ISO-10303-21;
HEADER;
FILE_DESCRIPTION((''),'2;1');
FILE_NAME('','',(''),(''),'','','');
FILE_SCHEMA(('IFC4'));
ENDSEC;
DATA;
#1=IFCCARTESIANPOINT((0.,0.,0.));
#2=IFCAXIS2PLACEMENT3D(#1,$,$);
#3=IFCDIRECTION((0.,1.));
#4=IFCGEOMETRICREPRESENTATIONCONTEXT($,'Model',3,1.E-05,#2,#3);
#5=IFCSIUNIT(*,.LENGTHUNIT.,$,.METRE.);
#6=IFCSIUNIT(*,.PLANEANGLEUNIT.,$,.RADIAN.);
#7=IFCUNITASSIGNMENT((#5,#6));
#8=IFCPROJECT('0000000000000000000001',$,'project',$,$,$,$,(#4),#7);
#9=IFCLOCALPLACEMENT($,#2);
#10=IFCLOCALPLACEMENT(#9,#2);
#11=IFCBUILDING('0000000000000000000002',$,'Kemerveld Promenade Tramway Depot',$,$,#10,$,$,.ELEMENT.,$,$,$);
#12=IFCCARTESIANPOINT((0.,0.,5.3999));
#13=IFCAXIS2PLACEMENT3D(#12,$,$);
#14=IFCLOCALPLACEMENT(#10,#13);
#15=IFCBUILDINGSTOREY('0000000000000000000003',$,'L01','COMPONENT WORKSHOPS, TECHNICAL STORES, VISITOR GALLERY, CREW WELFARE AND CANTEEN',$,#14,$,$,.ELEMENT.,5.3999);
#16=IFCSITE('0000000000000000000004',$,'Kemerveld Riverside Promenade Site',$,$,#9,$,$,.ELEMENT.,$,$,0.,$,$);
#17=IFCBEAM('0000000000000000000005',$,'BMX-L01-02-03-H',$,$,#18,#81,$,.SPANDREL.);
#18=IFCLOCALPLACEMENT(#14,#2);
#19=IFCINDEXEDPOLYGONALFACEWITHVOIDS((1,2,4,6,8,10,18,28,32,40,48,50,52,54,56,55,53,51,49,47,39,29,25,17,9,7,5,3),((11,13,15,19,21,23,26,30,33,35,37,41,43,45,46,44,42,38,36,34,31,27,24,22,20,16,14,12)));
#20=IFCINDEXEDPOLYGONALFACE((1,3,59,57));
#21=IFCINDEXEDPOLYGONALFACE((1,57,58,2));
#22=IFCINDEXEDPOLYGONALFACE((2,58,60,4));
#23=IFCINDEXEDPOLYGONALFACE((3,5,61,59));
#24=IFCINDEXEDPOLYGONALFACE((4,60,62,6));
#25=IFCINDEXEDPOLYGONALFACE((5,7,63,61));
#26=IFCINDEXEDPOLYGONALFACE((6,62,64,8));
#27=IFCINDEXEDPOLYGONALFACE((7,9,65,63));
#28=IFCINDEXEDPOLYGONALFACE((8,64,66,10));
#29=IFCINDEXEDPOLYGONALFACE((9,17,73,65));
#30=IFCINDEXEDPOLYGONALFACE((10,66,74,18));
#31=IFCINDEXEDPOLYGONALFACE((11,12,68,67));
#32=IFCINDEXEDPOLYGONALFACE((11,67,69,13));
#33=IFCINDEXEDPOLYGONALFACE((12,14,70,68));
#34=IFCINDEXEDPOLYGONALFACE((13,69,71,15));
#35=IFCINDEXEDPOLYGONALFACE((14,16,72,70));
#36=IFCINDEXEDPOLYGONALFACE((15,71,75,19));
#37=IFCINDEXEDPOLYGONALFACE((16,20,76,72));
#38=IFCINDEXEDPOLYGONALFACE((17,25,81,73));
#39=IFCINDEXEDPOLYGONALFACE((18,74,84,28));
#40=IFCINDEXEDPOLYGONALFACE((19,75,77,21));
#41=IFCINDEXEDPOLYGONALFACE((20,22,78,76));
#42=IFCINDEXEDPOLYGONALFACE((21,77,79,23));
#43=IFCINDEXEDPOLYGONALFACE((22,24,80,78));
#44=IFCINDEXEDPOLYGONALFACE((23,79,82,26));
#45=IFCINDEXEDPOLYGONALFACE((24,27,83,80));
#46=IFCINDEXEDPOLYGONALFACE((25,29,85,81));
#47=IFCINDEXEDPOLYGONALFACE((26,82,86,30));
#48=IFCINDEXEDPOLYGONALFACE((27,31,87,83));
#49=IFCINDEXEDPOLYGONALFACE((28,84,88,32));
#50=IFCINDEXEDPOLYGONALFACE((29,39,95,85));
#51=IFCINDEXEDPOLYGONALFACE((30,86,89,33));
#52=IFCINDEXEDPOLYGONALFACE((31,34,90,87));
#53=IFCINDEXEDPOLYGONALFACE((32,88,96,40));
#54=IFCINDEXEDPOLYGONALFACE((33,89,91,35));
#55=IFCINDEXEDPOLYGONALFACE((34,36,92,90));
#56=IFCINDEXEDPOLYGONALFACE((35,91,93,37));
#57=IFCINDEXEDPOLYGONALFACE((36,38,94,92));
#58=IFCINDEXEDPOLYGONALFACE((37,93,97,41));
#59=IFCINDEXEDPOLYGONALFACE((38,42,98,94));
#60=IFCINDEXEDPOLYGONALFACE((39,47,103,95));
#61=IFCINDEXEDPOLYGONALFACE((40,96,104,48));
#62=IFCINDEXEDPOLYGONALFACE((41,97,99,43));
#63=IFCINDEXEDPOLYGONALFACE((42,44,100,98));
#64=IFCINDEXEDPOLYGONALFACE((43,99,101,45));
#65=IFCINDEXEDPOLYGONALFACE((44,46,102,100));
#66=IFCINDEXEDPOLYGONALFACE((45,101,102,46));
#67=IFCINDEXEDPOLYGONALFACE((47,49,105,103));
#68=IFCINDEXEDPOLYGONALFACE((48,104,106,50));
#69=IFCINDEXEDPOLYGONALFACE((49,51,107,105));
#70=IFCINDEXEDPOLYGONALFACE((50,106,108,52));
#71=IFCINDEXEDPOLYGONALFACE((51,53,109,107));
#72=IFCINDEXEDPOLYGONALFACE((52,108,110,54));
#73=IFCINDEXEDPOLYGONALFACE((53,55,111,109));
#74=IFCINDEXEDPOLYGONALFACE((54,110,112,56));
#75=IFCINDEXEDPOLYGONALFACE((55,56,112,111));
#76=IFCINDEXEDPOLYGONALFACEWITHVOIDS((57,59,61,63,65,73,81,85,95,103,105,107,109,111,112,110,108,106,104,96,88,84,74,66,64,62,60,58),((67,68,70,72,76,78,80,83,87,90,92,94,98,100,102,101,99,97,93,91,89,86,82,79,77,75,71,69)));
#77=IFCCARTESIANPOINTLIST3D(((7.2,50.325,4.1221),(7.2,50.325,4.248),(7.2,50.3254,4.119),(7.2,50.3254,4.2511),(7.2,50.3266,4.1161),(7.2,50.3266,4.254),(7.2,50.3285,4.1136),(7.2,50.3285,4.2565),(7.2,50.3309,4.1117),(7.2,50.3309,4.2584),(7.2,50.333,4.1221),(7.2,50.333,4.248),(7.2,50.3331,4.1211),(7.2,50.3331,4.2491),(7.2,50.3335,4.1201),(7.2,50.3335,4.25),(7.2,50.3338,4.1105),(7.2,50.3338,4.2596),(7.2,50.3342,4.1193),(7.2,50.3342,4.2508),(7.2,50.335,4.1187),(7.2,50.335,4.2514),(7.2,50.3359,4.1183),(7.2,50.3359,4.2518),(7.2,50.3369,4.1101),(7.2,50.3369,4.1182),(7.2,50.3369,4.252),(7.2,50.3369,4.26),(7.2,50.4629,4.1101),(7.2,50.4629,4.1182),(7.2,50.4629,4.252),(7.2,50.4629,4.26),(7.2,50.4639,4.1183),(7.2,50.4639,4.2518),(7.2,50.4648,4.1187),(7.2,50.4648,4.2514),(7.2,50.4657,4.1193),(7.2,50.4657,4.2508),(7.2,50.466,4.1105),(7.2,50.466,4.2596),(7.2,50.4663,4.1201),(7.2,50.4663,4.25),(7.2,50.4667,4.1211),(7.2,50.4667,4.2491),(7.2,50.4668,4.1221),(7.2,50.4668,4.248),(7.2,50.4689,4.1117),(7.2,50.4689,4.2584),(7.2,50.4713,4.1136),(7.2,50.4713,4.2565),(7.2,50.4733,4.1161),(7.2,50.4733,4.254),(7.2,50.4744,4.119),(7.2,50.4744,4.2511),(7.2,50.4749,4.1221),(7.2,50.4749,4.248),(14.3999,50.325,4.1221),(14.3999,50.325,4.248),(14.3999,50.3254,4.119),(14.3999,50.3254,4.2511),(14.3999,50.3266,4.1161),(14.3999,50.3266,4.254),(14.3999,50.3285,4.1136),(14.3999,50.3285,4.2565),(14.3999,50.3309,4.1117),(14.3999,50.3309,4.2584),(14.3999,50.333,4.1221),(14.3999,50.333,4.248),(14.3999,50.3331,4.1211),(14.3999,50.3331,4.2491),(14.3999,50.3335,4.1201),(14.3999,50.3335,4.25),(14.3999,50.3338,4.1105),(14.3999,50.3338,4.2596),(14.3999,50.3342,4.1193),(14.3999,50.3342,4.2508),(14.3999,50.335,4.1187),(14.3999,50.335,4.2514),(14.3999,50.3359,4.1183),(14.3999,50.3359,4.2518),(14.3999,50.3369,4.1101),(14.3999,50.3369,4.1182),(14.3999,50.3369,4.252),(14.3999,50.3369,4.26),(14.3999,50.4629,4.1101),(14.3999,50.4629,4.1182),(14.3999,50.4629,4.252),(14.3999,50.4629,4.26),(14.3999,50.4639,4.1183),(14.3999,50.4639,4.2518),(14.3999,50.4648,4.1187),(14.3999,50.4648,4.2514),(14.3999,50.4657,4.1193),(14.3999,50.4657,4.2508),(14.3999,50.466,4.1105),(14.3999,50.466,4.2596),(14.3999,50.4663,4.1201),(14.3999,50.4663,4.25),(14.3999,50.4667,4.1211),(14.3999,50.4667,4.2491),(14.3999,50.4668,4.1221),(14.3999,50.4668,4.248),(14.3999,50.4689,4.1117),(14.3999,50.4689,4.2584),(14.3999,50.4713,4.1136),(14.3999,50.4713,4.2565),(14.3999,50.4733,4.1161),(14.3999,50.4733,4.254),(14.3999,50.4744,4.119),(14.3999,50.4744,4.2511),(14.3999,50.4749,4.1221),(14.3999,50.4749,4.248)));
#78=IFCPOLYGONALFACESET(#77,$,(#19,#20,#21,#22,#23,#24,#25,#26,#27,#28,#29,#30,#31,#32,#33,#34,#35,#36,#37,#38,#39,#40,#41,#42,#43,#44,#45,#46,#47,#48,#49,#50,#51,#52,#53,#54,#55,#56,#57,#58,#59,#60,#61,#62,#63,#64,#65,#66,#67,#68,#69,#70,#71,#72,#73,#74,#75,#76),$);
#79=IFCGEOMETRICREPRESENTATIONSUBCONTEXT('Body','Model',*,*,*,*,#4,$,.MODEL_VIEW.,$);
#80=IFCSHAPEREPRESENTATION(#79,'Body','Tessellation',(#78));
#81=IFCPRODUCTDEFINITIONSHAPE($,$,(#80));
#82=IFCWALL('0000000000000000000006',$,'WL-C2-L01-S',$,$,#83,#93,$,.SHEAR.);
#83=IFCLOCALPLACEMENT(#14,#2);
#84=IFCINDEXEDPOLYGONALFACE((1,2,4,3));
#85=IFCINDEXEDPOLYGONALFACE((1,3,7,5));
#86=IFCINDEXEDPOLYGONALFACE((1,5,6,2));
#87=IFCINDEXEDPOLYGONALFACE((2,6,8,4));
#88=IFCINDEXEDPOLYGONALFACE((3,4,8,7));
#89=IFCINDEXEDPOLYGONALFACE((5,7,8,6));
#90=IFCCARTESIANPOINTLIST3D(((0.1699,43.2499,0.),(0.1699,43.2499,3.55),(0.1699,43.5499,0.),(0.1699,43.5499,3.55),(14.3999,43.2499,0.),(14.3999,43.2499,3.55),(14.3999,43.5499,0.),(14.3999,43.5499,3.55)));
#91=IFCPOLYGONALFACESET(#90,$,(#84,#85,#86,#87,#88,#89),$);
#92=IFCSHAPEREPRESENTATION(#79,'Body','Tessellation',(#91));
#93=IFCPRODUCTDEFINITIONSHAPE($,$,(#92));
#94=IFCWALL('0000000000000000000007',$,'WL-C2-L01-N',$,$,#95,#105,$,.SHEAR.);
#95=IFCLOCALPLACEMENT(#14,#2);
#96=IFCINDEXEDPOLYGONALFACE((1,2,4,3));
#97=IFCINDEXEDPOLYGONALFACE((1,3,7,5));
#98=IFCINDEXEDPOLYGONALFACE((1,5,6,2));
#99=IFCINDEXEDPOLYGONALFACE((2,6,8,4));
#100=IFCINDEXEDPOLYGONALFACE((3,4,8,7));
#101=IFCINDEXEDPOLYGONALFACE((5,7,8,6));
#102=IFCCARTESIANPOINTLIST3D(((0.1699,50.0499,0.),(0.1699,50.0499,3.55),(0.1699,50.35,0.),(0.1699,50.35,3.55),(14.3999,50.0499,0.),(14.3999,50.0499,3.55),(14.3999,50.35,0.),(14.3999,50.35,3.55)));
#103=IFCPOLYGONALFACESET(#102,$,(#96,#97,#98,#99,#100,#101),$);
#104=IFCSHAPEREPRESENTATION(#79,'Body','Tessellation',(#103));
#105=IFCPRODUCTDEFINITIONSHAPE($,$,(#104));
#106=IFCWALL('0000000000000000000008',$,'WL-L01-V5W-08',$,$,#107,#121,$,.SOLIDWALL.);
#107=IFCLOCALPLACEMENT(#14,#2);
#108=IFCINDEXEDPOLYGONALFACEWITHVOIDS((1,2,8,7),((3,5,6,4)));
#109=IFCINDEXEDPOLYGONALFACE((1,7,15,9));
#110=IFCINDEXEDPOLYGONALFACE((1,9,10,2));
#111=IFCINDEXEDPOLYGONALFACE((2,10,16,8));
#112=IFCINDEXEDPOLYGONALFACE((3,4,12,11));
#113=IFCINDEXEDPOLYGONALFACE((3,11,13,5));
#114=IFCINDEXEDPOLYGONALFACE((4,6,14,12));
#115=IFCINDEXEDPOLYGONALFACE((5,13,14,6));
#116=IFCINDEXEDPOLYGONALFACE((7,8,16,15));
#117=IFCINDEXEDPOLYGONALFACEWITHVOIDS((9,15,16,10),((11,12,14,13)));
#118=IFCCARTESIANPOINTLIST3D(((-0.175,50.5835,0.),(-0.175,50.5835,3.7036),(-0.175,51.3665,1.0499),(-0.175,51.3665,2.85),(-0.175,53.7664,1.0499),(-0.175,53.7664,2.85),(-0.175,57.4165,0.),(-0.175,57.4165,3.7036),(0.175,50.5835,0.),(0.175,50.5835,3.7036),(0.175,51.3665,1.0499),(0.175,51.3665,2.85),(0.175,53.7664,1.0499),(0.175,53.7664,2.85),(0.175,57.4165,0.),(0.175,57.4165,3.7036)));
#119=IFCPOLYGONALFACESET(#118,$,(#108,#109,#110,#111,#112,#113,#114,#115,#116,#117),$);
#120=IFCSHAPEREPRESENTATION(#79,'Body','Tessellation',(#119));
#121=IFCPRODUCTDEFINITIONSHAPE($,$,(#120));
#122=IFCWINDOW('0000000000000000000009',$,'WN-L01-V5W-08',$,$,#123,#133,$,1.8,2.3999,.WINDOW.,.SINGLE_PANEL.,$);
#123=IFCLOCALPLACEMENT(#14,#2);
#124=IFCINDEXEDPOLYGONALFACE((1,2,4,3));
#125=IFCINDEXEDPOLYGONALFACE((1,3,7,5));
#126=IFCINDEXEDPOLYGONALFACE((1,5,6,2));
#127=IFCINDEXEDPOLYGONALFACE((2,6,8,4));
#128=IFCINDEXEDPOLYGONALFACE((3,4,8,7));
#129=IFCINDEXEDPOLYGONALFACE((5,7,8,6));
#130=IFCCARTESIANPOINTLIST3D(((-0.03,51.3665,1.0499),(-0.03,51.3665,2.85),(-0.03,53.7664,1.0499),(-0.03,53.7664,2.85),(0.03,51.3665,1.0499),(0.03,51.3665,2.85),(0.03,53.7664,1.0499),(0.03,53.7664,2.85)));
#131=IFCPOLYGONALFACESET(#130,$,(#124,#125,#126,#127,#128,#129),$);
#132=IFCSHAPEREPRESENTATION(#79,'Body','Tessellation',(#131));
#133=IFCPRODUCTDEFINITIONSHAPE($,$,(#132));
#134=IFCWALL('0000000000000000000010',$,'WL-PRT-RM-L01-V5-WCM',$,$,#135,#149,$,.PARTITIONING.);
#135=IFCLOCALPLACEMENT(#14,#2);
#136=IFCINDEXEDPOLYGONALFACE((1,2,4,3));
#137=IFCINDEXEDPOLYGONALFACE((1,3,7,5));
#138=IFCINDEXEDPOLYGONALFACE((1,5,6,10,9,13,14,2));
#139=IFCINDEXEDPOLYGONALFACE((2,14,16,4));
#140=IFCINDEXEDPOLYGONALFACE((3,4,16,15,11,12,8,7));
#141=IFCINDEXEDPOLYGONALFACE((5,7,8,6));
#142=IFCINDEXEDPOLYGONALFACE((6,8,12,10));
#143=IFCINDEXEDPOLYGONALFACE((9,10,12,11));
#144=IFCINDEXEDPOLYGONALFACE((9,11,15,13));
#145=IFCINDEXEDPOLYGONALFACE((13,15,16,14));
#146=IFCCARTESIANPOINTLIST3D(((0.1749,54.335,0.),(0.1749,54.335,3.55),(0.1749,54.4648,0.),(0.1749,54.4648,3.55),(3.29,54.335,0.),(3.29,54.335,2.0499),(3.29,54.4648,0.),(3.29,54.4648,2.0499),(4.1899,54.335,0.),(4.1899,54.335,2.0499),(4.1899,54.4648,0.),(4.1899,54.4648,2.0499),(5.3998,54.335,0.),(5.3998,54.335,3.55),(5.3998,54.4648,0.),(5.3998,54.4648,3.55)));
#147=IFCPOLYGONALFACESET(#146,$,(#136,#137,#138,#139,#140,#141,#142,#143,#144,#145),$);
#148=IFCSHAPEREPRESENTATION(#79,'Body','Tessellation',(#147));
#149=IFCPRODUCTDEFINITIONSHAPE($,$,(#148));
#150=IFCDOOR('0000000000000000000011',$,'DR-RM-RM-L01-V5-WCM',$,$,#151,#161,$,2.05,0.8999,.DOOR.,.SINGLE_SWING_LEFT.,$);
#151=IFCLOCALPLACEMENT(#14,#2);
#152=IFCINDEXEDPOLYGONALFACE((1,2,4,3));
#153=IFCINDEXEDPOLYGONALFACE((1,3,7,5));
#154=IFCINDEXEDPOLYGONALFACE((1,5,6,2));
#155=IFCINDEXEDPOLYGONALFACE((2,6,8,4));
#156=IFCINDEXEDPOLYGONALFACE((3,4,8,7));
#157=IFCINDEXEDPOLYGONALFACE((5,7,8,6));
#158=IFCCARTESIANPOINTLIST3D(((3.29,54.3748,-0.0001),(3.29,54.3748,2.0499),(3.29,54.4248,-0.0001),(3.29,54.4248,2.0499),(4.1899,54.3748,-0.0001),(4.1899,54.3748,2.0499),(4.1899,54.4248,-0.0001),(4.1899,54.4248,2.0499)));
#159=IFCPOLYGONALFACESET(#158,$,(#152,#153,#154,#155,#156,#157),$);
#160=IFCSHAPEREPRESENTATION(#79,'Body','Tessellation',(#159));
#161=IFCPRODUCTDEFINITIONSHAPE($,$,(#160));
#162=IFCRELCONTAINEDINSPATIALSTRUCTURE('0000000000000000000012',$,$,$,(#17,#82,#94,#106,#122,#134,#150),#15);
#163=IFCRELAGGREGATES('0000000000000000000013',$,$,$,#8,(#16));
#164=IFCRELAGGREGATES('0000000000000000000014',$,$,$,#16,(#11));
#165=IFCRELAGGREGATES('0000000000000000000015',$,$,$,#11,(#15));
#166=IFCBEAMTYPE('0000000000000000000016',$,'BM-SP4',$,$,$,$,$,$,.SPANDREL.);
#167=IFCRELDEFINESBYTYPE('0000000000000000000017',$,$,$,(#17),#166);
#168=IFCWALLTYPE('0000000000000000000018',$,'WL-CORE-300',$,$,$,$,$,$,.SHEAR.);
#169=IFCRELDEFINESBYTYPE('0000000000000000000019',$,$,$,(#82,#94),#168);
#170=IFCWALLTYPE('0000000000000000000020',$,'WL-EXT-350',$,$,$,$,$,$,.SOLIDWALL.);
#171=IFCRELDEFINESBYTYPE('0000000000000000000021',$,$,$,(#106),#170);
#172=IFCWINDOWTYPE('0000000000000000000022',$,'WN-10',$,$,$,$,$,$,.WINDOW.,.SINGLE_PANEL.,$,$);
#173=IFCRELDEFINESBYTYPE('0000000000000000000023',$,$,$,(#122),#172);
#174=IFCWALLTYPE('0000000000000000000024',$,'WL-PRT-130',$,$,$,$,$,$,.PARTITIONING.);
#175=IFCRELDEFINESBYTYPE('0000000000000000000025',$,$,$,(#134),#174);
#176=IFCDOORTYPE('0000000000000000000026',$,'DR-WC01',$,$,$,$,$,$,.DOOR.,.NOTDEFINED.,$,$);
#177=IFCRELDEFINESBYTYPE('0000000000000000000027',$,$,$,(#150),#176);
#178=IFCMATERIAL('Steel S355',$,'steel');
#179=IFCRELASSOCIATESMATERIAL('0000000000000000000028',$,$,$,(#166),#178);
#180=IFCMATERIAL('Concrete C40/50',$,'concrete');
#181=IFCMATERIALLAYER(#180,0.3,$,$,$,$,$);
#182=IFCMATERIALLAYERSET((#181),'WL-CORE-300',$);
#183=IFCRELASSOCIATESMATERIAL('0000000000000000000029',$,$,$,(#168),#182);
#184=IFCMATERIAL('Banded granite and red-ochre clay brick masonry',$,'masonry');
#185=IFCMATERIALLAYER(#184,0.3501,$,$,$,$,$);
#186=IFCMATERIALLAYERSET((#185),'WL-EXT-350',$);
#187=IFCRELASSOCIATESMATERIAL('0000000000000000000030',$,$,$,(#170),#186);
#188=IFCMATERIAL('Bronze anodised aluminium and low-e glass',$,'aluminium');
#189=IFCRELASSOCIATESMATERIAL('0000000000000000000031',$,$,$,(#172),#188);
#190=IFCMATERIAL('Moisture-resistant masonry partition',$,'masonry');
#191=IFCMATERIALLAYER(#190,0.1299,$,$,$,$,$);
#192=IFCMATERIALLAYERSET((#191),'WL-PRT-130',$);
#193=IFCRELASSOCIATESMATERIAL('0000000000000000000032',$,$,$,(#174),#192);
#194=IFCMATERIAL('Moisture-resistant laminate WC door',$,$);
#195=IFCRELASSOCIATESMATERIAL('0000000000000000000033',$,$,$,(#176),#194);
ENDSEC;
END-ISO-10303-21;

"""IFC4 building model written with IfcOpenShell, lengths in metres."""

from ifc_helpers import new_model, si_unit, direction, frame, frame_2d, origin, origin_2d, place, context, subcontext, project, spatial, rectangle, hollow_rectangle, extrude, material, layer, layer_set, material_profile, profile_set, type_object, element, fill, save


model = new_model("IFC4")

# Units and contexts
model_context = context("Model", 3, precision=1e-05, world=origin(), true_north=direction((0.0, 1.0)))
body_context = subcontext(model_context, "Body", "Model", "MODEL_VIEW")
ifc_project = project(units=[si_unit("LENGTHUNIT", "METRE"), si_unit("PLANEANGLEUNIT", "RADIAN")], contexts=[model_context])

# Site, building, storey
site_placement = place(None, origin())
site = spatial("IfcSite", under=ifc_project, at=site_placement, Name="Kemerveld Riverside Promenade Site", CompositionType="ELEMENT", RefElevation=0.0)
building_placement = place(site_placement, origin())
building = spatial("IfcBuilding", under=site, at=building_placement, Name="Kemerveld Promenade Tramway Depot", CompositionType="ELEMENT")
storey_placement = place(building_placement, frame((0.0, 0.0, 5.3999)))
storey = spatial("IfcBuildingStorey", under=building, at=storey_placement, Name="L01", Description="COMPONENT WORKSHOPS, TECHNICAL STORES, VISITOR GALLERY, CREW WELFARE AND CANTEEN", CompositionType="ELEMENT", Elevation=5.3999)

# Shared definitions
ifc_material_1 = material(Name="Steel S355", Category="steel")

# Beam
ifc_material_2 = material(Name="Concrete C40/50", Category="concrete")
ifc_material_profile_1 = material_profile(ifc_material_1, hollow_rectangle(XDim=0.1499, YDim=0.1499, WallThickness=0.0081, InnerFilletRadius=0.0039, OuterFilletRadius=0.012, at=origin_2d()), Name="150x150x8.0 SHS")
ifc_profile_set_1 = profile_set([ifc_material_profile_1], Name="Steel S355")
beam_type_1 = type_object("IfcBeamType", Name="BM-SP4", PredefinedType="SPANDREL", material=ifc_profile_set_1)
beam_1_placement = place(storey_placement, frame((7.2, 50.3999, 4.1851), z_axis=(1.0, 0.0, 0.0), x_axis=(0.0, 1.0, 0.0)))
element("IfcBeam", 1, at=beam_1_placement, inside=storey, type_object=beam_type_1, Name="BMX-L01-02-03-H", PredefinedType="SPANDREL", context=body_context, shape_type="SweptSolid", body=[
    extrude(hollow_rectangle(XDim=0.1499, YDim=0.1499, WallThickness=0.0081, InnerFilletRadius=0.0039, OuterFilletRadius=0.012, at=origin_2d()), origin(), (0.0, 0.0, 1.0), 7.2),
])

# Walls
ifc_layer_1 = layer(ifc_material_2, 0.3)
ifc_layer_set_1 = layer_set([ifc_layer_1], Name="WL-CORE-300")
wall_type_1 = type_object("IfcWallType", Name="WL-CORE-300", PredefinedType="SHEAR", material=ifc_layer_set_1)
for number, where, z_axis, x_axis, name in (
    (2, (0.1699, 43.3999, 0.0), (0.0, 0.0, 1.0), (1.0, 0.0, 0.0), "WL-C2-L01-S"),
    (3, (0.1699, 50.2, 0.0), (0.0, 0.0, 1.0), (1.0, 0.0, 0.0), "WL-C2-L01-N"),
):
    element("IfcWall", number, at=place(storey_placement, frame(where, z_axis=z_axis, x_axis=x_axis)), inside=storey, type_object=wall_type_1, Name=name, PredefinedType="SHEAR", context=body_context, shape_type="SweptSolid", body=[
        extrude(rectangle(XDim=14.23, YDim=0.3, at=frame_2d((7.115, 0.0))), origin(), (0.0, 0.0, 1.0), 3.55),
    ])

# Wall, opening, window
ifc_material_3 = material(Name="Banded granite and red-ochre clay brick masonry", Category="masonry")
ifc_layer_2 = layer(ifc_material_3, 0.3501)
ifc_layer_set_2 = layer_set([ifc_layer_2], Name="WL-EXT-350")
wall_type_2 = type_object("IfcWallType", Name="WL-EXT-350", PredefinedType="SOLIDWALL", material=ifc_layer_set_2)
wall_1_placement = place(storey_placement, frame((0.0, 50.5835, 0.0), z_axis=(0.0, 0.0, 1.0), x_axis=(0.0, 1.0, 0.0)))
wall_1 = element("IfcWall", 4, at=wall_1_placement, inside=storey, type_object=wall_type_2, Name="WL-L01-V5W-08", PredefinedType="SOLIDWALL", context=body_context, shape_type="SweptSolid", body=[
    extrude(rectangle(XDim=6.833, YDim=0.3501, at=frame_2d((3.4165, 0.0))), origin(), (0.0, 0.0, 1.0), 3.7036),
])
opening_1_placement = place(wall_1_placement, frame((0.783, 0.0, 1.05)))
opening_1 = element("IfcOpeningElement", 5, at=opening_1_placement, cuts=wall_1, PredefinedType="OPENING", context=body_context, shape_type="SweptSolid", body=[
    extrude(rectangle(XDim=2.3999, YDim=1.8, at=frame_2d((1.2, 0.8999))), frame((0.0, 0.1851, 0.0), z_axis=(0.0, -1.0, 0.0), x_axis=(1.0, 0.0, 0.0)), (0.0, 0.0, 1.0), 0.3701),
])
ifc_material_4 = material(Name="Bronze anodised aluminium and low-e glass", Category="aluminium")
window_type = type_object("IfcWindowType", Name="WN-10", PartitioningType="SINGLE_PANEL", PredefinedType="WINDOW", material=ifc_material_4)
window_placement = place(opening_1_placement, origin())
window = element("IfcWindow", 6, at=window_placement, inside=storey, type_object=window_type, Name="WN-L01-V5W-08", OverallHeight=1.8, OverallWidth=2.3999, PartitioningType="SINGLE_PANEL", PredefinedType="WINDOW", context=body_context, shape_type="SweptSolid", body=[
    extrude(rectangle(XDim=2.3999, YDim=1.8, at=frame_2d((1.2, 0.8999))), frame((0.0, 0.03, 0.0), z_axis=(0.0, -1.0, 0.0), x_axis=(1.0, 0.0, 0.0)), (0.0, 0.0, 1.0), 0.0601),
])
fill(opening_1, window)

# Wall, opening, door
ifc_material_5 = material(Name="Moisture-resistant masonry partition", Category="masonry")
ifc_layer_3 = layer(ifc_material_5, 0.1299)
ifc_layer_set_3 = layer_set([ifc_layer_3], Name="WL-PRT-130")
wall_type_3 = type_object("IfcWallType", Name="WL-PRT-130", PredefinedType="PARTITIONING", material=ifc_layer_set_3)
wall_2_placement = place(storey_placement, frame((0.175, 54.3999, 0.0), z_axis=(0.0, 0.0, 1.0), x_axis=(1.0, 0.0, 0.0)))
wall_2 = element("IfcWall", 7, at=wall_2_placement, inside=storey, type_object=wall_type_3, Name="WL-PRT-RM-L01-V5-WCM", PredefinedType="PARTITIONING", context=body_context, shape_type="SweptSolid", body=[
    extrude(rectangle(XDim=5.2249, YDim=0.1299, at=frame_2d((2.6123, 0.0))), origin(), (0.0, 0.0, 1.0), 3.55),
])
opening_2_placement = place(wall_2_placement, frame((3.115, 0.0, 0.0)))
opening_2 = element("IfcOpeningElement", 8, at=opening_2_placement, cuts=wall_2, PredefinedType="OPENING", context=body_context, shape_type="SweptSolid", body=[
    extrude(rectangle(XDim=0.8999, YDim=2.05, at=frame_2d((0.45, 1.0249))), frame((0.0, 0.075, 0.0), z_axis=(0.0, -1.0, 0.0), x_axis=(1.0, 0.0, 0.0)), (0.0, 0.0, 1.0), 0.1499),
])
ifc_material_6 = material(Name="Moisture-resistant laminate WC door")
door_type_1 = type_object("IfcDoorType", Name="DR-WC01", OperationType="NOTDEFINED", PredefinedType="DOOR", material=ifc_material_6)
door_1_placement = place(opening_2_placement, origin())
door_1 = element("IfcDoor", 9, at=door_1_placement, inside=storey, type_object=door_type_1, Name="DR-RM-RM-L01-V5-WCM", OperationType="SINGLE_SWING_LEFT", OverallHeight=2.05, OverallWidth=0.8999, PredefinedType="DOOR", context=body_context, shape_type="SweptSolid", body=[
    extrude(rectangle(XDim=0.8999, YDim=2.05, at=frame_2d((0.45, 1.0249))), frame((0.0, 0.0249, 0.0), z_axis=(0.0, -1.0, 0.0), x_axis=(1.0, 0.0, 0.0)), (0.0, 0.0, 1.0), 0.05),
])
fill(opening_2, door_1)

save(model, "model.ifc")
